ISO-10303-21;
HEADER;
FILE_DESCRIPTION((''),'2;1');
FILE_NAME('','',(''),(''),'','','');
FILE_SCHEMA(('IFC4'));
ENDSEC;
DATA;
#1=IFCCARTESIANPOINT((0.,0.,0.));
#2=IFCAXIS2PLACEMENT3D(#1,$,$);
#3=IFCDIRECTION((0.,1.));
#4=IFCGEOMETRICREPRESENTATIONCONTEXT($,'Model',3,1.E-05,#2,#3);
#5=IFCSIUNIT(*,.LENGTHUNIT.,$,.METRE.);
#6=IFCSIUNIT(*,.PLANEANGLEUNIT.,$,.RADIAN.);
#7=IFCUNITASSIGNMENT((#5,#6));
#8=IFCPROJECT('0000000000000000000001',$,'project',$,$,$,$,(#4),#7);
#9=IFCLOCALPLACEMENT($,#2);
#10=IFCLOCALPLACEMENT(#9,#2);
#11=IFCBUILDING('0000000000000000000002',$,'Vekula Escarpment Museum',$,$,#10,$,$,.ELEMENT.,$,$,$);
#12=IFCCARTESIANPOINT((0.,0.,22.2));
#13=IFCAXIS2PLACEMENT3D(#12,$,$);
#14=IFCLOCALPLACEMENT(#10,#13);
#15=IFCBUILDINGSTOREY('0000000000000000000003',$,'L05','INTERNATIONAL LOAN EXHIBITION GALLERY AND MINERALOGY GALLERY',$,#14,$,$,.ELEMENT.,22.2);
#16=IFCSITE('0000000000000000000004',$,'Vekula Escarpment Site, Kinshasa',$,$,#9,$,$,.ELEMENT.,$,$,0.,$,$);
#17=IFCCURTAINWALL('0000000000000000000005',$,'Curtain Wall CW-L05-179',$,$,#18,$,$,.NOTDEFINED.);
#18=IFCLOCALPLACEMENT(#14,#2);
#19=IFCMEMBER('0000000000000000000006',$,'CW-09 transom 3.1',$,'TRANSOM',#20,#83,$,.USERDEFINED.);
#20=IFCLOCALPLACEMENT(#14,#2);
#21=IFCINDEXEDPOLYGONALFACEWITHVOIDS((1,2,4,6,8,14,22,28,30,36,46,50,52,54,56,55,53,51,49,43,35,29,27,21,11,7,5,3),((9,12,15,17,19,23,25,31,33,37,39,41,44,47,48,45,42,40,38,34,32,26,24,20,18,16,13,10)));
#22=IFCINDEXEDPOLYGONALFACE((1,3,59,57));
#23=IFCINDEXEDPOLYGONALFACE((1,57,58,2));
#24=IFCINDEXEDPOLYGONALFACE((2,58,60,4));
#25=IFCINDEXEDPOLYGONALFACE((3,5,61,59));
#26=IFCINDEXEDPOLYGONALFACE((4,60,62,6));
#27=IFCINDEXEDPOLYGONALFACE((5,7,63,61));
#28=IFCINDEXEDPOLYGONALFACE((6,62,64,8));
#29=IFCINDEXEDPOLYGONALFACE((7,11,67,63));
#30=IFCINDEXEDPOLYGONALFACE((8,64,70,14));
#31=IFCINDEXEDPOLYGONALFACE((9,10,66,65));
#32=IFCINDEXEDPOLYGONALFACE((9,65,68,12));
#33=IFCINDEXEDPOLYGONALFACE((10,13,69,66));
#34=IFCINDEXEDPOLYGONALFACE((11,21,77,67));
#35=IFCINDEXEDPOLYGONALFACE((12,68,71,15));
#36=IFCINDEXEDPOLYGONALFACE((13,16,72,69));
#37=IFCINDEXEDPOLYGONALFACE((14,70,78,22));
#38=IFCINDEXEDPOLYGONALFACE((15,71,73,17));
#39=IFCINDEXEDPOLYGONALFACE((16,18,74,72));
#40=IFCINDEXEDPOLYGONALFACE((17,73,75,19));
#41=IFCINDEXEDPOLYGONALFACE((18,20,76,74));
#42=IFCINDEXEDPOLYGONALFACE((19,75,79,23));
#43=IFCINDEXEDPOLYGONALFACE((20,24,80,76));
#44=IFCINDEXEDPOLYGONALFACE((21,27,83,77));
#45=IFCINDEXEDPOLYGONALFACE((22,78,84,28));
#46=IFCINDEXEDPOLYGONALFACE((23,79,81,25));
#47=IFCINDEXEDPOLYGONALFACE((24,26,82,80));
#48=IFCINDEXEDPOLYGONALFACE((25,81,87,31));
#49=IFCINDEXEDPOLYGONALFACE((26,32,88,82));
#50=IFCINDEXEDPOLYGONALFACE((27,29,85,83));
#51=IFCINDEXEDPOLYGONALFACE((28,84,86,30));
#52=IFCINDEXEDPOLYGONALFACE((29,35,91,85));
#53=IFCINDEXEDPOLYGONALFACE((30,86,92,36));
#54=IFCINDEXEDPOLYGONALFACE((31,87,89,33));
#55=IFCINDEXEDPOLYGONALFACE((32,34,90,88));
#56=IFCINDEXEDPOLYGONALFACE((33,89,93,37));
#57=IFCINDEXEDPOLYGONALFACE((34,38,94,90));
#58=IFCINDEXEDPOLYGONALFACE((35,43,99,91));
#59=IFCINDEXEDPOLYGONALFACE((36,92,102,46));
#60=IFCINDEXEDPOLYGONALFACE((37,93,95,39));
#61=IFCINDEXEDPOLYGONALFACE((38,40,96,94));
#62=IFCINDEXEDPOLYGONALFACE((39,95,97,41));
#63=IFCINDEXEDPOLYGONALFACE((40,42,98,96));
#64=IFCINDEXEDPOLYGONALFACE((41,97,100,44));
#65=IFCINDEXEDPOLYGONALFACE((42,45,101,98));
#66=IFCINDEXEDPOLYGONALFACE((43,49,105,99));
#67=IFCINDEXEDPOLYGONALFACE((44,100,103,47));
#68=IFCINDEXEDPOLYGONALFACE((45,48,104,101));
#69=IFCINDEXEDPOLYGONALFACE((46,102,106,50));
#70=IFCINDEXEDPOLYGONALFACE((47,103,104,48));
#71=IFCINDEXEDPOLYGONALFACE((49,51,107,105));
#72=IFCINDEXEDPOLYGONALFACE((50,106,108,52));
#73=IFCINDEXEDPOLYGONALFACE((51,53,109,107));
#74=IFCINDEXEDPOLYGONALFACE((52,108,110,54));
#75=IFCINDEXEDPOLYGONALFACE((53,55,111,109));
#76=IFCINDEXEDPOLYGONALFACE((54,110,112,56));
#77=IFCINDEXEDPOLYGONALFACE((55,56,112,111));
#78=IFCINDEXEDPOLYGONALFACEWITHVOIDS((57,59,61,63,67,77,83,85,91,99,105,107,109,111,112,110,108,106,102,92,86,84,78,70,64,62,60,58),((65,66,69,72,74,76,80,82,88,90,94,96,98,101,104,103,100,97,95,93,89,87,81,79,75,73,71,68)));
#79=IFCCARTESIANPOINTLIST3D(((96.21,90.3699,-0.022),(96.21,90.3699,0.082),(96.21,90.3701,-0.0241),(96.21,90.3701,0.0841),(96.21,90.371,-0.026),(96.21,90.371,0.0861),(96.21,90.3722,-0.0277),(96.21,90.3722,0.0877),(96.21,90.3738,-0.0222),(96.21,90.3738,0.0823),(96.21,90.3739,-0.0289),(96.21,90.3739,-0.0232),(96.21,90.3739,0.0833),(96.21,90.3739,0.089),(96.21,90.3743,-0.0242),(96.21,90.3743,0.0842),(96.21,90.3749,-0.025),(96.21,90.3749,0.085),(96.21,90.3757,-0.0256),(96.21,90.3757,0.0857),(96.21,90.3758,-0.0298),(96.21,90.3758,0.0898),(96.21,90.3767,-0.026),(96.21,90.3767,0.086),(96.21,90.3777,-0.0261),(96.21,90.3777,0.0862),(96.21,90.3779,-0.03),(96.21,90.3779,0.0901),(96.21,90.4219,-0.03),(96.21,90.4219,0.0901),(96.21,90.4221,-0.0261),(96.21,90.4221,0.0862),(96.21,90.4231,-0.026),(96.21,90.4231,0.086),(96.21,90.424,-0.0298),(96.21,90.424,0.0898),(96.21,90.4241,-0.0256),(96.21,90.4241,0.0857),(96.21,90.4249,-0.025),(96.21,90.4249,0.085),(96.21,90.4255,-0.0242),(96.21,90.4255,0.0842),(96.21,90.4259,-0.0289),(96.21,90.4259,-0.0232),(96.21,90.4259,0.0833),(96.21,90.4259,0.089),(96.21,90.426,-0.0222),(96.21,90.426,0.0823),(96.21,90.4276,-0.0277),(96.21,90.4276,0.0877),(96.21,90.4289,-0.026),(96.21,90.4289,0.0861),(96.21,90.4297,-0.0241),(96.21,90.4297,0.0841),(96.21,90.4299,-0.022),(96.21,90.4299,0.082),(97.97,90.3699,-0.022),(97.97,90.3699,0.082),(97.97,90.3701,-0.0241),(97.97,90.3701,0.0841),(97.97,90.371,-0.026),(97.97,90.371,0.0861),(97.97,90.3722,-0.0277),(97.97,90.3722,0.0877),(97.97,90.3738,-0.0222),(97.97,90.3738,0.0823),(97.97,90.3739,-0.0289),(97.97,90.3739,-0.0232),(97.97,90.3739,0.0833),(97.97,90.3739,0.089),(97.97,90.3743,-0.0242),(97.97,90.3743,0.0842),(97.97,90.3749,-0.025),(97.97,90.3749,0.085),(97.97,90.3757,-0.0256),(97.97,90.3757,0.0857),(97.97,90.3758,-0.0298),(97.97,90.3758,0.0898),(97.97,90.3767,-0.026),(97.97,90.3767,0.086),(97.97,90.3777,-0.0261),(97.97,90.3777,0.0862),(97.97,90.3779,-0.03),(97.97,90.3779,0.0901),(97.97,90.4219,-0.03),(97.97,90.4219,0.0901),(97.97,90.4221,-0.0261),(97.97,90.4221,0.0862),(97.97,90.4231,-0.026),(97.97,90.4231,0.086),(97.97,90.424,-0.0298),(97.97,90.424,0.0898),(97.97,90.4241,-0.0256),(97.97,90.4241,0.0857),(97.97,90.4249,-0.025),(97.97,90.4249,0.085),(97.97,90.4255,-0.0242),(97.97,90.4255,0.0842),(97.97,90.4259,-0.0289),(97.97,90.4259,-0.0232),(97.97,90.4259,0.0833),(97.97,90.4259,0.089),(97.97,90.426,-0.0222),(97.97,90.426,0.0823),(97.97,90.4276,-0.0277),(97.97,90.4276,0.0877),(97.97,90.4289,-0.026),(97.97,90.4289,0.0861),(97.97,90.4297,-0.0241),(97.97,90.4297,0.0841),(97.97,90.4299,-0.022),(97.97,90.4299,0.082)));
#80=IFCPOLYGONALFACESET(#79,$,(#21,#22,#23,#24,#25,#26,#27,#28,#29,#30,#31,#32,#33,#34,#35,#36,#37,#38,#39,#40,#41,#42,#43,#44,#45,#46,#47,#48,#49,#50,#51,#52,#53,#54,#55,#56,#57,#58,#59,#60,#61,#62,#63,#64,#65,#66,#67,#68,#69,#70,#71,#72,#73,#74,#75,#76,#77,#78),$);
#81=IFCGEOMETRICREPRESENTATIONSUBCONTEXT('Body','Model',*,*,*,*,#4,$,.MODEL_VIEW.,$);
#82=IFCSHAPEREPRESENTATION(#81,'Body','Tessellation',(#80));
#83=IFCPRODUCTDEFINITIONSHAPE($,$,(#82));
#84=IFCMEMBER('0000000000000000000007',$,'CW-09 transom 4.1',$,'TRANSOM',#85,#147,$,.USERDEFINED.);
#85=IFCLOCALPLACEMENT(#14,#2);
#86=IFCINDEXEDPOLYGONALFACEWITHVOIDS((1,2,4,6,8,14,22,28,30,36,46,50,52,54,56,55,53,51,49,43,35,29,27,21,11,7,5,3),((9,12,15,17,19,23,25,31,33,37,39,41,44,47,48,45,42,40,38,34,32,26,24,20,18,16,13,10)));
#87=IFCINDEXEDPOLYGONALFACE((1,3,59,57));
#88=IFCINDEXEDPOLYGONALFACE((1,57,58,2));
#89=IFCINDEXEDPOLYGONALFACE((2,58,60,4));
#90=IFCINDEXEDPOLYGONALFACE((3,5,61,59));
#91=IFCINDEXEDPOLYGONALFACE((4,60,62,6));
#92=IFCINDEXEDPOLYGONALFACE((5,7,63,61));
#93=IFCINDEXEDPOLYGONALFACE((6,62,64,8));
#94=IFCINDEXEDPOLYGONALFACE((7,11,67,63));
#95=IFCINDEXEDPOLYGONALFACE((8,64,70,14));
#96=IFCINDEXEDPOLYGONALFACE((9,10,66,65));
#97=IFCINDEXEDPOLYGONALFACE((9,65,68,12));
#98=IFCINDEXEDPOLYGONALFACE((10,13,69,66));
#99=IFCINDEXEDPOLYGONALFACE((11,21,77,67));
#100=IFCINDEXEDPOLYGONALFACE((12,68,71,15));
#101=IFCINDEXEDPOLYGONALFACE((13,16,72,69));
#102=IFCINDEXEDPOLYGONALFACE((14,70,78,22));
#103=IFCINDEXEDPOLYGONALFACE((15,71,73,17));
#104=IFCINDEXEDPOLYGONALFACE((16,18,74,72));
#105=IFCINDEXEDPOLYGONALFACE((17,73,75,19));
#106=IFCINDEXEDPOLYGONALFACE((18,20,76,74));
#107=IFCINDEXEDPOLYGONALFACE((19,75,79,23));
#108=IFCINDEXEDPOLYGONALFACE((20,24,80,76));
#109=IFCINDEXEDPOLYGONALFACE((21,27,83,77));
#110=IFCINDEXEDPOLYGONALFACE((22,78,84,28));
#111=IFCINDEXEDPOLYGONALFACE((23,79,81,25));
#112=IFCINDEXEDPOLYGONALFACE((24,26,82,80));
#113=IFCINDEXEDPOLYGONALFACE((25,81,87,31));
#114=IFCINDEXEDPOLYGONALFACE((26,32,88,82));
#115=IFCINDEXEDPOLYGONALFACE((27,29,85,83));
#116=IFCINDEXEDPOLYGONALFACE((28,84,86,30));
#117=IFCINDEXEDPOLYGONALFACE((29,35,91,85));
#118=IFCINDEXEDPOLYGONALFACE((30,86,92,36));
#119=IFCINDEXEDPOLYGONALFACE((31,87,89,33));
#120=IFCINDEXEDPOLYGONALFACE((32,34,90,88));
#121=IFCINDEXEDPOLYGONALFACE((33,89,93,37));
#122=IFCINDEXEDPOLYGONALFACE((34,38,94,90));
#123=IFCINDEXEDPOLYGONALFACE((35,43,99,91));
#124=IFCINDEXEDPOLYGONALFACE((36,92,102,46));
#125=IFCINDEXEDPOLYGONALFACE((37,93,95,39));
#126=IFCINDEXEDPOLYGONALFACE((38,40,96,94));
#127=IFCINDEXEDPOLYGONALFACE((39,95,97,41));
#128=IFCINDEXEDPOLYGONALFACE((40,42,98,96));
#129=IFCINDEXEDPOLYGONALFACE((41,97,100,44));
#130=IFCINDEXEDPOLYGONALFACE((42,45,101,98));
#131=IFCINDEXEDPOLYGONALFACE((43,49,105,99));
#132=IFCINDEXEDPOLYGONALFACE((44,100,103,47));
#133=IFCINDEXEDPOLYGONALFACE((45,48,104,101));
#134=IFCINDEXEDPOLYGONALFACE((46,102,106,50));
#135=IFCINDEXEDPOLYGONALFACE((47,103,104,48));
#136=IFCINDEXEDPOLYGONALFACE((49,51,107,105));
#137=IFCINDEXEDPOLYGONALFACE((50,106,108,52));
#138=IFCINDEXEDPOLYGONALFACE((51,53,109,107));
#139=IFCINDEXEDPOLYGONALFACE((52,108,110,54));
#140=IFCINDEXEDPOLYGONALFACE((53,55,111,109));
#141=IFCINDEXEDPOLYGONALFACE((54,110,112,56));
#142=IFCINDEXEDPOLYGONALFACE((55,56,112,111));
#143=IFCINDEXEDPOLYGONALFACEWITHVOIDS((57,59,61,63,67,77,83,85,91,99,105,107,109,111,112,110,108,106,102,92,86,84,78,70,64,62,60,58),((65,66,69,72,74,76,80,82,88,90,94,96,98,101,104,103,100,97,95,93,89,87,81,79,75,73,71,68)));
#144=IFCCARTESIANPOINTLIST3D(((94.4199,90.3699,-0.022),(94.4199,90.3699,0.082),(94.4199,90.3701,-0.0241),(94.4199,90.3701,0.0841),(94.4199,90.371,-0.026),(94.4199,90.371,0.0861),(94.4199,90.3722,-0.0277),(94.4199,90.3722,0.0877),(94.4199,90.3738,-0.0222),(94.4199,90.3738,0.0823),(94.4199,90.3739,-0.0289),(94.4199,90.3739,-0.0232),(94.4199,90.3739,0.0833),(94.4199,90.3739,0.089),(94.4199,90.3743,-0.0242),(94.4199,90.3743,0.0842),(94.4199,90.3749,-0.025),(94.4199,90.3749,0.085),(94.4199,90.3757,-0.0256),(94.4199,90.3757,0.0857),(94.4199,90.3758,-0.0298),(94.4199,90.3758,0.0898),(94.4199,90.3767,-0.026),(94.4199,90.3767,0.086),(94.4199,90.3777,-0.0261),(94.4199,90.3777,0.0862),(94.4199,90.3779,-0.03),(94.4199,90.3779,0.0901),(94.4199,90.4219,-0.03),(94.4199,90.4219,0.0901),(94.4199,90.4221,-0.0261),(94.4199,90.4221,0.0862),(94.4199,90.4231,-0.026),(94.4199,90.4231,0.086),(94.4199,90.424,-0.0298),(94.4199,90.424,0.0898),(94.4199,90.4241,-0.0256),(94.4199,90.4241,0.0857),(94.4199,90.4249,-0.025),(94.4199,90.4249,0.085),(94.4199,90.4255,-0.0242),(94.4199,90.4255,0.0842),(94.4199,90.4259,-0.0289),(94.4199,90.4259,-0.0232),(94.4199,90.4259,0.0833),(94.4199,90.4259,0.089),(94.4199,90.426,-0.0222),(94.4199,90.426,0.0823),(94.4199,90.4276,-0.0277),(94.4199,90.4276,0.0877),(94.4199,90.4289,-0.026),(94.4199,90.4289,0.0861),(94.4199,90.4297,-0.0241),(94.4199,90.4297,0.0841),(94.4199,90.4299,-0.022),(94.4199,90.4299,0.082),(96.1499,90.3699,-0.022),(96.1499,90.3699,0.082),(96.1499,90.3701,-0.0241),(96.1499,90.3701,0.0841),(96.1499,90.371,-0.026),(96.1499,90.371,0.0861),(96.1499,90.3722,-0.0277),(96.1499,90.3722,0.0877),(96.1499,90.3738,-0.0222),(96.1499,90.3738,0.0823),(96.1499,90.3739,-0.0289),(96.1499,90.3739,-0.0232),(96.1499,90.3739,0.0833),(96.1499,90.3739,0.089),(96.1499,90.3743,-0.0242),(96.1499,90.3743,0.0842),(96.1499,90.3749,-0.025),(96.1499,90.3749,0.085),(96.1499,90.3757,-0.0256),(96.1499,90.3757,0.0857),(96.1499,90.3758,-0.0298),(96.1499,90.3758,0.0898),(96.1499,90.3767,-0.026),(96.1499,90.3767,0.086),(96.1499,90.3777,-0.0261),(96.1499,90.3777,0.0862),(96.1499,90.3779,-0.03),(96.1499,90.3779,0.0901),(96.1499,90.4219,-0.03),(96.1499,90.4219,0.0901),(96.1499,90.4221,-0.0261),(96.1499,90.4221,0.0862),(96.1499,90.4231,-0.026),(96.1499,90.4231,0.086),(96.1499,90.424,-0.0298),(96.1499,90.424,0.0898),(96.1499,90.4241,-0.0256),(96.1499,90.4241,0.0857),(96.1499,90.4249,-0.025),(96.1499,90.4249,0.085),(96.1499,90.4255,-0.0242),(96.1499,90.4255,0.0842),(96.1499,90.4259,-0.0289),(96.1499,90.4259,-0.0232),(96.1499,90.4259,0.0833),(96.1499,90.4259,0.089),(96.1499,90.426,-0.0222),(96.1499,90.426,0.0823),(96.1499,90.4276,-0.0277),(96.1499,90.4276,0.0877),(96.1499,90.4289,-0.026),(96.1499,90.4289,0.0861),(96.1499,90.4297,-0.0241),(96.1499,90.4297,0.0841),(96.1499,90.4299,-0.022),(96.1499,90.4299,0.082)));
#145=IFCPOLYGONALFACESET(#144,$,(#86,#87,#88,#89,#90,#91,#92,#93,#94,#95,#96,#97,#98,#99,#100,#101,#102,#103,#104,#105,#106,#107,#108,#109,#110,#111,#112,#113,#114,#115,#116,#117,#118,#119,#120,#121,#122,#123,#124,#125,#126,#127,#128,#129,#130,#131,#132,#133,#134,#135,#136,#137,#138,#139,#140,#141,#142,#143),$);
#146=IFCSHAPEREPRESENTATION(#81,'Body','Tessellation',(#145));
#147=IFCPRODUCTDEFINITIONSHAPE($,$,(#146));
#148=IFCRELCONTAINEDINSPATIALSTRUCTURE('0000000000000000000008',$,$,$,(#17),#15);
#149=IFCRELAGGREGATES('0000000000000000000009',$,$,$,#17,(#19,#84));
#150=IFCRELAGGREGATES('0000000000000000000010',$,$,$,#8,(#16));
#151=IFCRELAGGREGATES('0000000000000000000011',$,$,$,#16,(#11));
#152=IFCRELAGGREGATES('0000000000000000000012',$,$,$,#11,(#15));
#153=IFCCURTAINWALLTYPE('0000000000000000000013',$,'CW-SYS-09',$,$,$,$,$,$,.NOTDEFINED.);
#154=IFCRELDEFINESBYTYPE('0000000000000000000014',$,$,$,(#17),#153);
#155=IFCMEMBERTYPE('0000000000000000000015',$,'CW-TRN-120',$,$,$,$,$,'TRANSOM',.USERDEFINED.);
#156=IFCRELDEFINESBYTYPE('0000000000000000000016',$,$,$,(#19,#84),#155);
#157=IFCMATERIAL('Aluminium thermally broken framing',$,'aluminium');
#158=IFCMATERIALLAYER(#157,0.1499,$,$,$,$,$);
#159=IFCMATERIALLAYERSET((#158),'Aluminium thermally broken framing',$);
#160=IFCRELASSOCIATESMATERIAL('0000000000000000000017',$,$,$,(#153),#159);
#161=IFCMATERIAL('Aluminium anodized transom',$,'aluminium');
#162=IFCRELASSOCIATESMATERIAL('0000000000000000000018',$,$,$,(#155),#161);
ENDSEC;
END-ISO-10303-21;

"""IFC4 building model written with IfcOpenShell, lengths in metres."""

from ifc_helpers import new_model, si_unit, direction, frame, origin, origin_2d, place, context, subcontext, project, spatial, hollow_rectangle, extrude, material, layer, layer_set, material_profile, profile_set, type_object, element, aggregate, save


model = new_model("IFC4")

# Units and contexts
model_context = context("Model", 3, precision=1e-05, world=origin(), true_north=direction((0.0, 1.0)))
body_context = subcontext(model_context, "Body", "Model", "MODEL_VIEW")
ifc_project = project(units=[si_unit("LENGTHUNIT", "METRE"), si_unit("PLANEANGLEUNIT", "RADIAN")], contexts=[model_context])

# Site, building, storey
site_placement = place(None, origin())
site = spatial("IfcSite", under=ifc_project, at=site_placement, Name="Vekula Escarpment Site, Kinshasa", CompositionType="ELEMENT", RefElevation=0.0)
building_placement = place(site_placement, origin())
building = spatial("IfcBuilding", under=site, at=building_placement, Name="Vekula Escarpment Museum", CompositionType="ELEMENT")
storey_placement = place(building_placement, frame((0.0, 0.0, 22.2)))
storey = spatial("IfcBuildingStorey", under=building, at=storey_placement, Name="L05", Description="INTERNATIONAL LOAN EXHIBITION GALLERY AND MINERALOGY GALLERY", CompositionType="ELEMENT", Elevation=22.2)

# Curtain wall
ifc_material_1 = material(Name="Aluminium thermally broken framing", Category="aluminium")
ifc_layer_1 = layer(ifc_material_1, 0.1499)
ifc_layer_set_1 = layer_set([ifc_layer_1], Name="Aluminium thermally broken framing")
curtain_wall_type_1 = type_object("IfcCurtainWallType", Name="CW-SYS-09", PredefinedType="NOTDEFINED", material=ifc_layer_set_1)
curtain_wall_1_placement = place(storey_placement, origin())
curtain_wall_1 = element("IfcCurtainWall", 1, at=curtain_wall_1_placement, inside=storey, type_object=curtain_wall_type_1, Name="Curtain Wall CW-L05-179", PredefinedType="NOTDEFINED")

# Members
ifc_material_2 = material(Name="Aluminium anodized transom", Category="aluminium")
ifc_material_profile_1 = material_profile(ifc_material_2, hollow_rectangle(XDim=0.0601, YDim=0.1201, WallThickness=0.0039, InnerFilletRadius=0.0039, OuterFilletRadius=0.0081, at=origin_2d()), Name="ALU 120x60x4")
ifc_profile_set_1 = profile_set([ifc_material_profile_1], Name="Aluminium anodized transom")
member_type_1 = type_object("IfcMemberType", Name="CW-TRN-120", ElementType="TRANSOM", PredefinedType="USERDEFINED", material=ifc_profile_set_1)
member_1_placement = place(storey_placement, frame((97.97, 90.3999, 0.03), z_axis=(-1.0, 0.0, 0.0), x_axis=(0.0, -1.0, 0.0)))
member_1 = element("IfcMember", 2, at=member_1_placement, type_object=member_type_1, Name="CW-09 transom 3.1", ObjectType="TRANSOM", PredefinedType="USERDEFINED", context=body_context, shape_type="SweptSolid", body=[
    extrude(hollow_rectangle(XDim=0.0601, YDim=0.1201, WallThickness=0.0039, InnerFilletRadius=0.0039, OuterFilletRadius=0.0081, at=origin_2d()), origin(), (0.0, 0.0, 1.0), 1.76),
])
member_2_placement = place(storey_placement, frame((96.1499, 90.3999, 0.03), z_axis=(-1.0, 0.0, 0.0), x_axis=(0.0, -1.0, 0.0)))
member_2 = element("IfcMember", 3, at=member_2_placement, type_object=member_type_1, Name="CW-09 transom 4.1", ObjectType="TRANSOM", PredefinedType="USERDEFINED", context=body_context, shape_type="SweptSolid", body=[
    extrude(hollow_rectangle(XDim=0.0601, YDim=0.1201, WallThickness=0.0039, InnerFilletRadius=0.0039, OuterFilletRadius=0.0081, at=origin_2d()), origin(), (0.0, 0.0, 1.0), 1.73),
])

aggregate(curtain_wall_1, [member_1, member_2])

save(model, "model.ifc")
